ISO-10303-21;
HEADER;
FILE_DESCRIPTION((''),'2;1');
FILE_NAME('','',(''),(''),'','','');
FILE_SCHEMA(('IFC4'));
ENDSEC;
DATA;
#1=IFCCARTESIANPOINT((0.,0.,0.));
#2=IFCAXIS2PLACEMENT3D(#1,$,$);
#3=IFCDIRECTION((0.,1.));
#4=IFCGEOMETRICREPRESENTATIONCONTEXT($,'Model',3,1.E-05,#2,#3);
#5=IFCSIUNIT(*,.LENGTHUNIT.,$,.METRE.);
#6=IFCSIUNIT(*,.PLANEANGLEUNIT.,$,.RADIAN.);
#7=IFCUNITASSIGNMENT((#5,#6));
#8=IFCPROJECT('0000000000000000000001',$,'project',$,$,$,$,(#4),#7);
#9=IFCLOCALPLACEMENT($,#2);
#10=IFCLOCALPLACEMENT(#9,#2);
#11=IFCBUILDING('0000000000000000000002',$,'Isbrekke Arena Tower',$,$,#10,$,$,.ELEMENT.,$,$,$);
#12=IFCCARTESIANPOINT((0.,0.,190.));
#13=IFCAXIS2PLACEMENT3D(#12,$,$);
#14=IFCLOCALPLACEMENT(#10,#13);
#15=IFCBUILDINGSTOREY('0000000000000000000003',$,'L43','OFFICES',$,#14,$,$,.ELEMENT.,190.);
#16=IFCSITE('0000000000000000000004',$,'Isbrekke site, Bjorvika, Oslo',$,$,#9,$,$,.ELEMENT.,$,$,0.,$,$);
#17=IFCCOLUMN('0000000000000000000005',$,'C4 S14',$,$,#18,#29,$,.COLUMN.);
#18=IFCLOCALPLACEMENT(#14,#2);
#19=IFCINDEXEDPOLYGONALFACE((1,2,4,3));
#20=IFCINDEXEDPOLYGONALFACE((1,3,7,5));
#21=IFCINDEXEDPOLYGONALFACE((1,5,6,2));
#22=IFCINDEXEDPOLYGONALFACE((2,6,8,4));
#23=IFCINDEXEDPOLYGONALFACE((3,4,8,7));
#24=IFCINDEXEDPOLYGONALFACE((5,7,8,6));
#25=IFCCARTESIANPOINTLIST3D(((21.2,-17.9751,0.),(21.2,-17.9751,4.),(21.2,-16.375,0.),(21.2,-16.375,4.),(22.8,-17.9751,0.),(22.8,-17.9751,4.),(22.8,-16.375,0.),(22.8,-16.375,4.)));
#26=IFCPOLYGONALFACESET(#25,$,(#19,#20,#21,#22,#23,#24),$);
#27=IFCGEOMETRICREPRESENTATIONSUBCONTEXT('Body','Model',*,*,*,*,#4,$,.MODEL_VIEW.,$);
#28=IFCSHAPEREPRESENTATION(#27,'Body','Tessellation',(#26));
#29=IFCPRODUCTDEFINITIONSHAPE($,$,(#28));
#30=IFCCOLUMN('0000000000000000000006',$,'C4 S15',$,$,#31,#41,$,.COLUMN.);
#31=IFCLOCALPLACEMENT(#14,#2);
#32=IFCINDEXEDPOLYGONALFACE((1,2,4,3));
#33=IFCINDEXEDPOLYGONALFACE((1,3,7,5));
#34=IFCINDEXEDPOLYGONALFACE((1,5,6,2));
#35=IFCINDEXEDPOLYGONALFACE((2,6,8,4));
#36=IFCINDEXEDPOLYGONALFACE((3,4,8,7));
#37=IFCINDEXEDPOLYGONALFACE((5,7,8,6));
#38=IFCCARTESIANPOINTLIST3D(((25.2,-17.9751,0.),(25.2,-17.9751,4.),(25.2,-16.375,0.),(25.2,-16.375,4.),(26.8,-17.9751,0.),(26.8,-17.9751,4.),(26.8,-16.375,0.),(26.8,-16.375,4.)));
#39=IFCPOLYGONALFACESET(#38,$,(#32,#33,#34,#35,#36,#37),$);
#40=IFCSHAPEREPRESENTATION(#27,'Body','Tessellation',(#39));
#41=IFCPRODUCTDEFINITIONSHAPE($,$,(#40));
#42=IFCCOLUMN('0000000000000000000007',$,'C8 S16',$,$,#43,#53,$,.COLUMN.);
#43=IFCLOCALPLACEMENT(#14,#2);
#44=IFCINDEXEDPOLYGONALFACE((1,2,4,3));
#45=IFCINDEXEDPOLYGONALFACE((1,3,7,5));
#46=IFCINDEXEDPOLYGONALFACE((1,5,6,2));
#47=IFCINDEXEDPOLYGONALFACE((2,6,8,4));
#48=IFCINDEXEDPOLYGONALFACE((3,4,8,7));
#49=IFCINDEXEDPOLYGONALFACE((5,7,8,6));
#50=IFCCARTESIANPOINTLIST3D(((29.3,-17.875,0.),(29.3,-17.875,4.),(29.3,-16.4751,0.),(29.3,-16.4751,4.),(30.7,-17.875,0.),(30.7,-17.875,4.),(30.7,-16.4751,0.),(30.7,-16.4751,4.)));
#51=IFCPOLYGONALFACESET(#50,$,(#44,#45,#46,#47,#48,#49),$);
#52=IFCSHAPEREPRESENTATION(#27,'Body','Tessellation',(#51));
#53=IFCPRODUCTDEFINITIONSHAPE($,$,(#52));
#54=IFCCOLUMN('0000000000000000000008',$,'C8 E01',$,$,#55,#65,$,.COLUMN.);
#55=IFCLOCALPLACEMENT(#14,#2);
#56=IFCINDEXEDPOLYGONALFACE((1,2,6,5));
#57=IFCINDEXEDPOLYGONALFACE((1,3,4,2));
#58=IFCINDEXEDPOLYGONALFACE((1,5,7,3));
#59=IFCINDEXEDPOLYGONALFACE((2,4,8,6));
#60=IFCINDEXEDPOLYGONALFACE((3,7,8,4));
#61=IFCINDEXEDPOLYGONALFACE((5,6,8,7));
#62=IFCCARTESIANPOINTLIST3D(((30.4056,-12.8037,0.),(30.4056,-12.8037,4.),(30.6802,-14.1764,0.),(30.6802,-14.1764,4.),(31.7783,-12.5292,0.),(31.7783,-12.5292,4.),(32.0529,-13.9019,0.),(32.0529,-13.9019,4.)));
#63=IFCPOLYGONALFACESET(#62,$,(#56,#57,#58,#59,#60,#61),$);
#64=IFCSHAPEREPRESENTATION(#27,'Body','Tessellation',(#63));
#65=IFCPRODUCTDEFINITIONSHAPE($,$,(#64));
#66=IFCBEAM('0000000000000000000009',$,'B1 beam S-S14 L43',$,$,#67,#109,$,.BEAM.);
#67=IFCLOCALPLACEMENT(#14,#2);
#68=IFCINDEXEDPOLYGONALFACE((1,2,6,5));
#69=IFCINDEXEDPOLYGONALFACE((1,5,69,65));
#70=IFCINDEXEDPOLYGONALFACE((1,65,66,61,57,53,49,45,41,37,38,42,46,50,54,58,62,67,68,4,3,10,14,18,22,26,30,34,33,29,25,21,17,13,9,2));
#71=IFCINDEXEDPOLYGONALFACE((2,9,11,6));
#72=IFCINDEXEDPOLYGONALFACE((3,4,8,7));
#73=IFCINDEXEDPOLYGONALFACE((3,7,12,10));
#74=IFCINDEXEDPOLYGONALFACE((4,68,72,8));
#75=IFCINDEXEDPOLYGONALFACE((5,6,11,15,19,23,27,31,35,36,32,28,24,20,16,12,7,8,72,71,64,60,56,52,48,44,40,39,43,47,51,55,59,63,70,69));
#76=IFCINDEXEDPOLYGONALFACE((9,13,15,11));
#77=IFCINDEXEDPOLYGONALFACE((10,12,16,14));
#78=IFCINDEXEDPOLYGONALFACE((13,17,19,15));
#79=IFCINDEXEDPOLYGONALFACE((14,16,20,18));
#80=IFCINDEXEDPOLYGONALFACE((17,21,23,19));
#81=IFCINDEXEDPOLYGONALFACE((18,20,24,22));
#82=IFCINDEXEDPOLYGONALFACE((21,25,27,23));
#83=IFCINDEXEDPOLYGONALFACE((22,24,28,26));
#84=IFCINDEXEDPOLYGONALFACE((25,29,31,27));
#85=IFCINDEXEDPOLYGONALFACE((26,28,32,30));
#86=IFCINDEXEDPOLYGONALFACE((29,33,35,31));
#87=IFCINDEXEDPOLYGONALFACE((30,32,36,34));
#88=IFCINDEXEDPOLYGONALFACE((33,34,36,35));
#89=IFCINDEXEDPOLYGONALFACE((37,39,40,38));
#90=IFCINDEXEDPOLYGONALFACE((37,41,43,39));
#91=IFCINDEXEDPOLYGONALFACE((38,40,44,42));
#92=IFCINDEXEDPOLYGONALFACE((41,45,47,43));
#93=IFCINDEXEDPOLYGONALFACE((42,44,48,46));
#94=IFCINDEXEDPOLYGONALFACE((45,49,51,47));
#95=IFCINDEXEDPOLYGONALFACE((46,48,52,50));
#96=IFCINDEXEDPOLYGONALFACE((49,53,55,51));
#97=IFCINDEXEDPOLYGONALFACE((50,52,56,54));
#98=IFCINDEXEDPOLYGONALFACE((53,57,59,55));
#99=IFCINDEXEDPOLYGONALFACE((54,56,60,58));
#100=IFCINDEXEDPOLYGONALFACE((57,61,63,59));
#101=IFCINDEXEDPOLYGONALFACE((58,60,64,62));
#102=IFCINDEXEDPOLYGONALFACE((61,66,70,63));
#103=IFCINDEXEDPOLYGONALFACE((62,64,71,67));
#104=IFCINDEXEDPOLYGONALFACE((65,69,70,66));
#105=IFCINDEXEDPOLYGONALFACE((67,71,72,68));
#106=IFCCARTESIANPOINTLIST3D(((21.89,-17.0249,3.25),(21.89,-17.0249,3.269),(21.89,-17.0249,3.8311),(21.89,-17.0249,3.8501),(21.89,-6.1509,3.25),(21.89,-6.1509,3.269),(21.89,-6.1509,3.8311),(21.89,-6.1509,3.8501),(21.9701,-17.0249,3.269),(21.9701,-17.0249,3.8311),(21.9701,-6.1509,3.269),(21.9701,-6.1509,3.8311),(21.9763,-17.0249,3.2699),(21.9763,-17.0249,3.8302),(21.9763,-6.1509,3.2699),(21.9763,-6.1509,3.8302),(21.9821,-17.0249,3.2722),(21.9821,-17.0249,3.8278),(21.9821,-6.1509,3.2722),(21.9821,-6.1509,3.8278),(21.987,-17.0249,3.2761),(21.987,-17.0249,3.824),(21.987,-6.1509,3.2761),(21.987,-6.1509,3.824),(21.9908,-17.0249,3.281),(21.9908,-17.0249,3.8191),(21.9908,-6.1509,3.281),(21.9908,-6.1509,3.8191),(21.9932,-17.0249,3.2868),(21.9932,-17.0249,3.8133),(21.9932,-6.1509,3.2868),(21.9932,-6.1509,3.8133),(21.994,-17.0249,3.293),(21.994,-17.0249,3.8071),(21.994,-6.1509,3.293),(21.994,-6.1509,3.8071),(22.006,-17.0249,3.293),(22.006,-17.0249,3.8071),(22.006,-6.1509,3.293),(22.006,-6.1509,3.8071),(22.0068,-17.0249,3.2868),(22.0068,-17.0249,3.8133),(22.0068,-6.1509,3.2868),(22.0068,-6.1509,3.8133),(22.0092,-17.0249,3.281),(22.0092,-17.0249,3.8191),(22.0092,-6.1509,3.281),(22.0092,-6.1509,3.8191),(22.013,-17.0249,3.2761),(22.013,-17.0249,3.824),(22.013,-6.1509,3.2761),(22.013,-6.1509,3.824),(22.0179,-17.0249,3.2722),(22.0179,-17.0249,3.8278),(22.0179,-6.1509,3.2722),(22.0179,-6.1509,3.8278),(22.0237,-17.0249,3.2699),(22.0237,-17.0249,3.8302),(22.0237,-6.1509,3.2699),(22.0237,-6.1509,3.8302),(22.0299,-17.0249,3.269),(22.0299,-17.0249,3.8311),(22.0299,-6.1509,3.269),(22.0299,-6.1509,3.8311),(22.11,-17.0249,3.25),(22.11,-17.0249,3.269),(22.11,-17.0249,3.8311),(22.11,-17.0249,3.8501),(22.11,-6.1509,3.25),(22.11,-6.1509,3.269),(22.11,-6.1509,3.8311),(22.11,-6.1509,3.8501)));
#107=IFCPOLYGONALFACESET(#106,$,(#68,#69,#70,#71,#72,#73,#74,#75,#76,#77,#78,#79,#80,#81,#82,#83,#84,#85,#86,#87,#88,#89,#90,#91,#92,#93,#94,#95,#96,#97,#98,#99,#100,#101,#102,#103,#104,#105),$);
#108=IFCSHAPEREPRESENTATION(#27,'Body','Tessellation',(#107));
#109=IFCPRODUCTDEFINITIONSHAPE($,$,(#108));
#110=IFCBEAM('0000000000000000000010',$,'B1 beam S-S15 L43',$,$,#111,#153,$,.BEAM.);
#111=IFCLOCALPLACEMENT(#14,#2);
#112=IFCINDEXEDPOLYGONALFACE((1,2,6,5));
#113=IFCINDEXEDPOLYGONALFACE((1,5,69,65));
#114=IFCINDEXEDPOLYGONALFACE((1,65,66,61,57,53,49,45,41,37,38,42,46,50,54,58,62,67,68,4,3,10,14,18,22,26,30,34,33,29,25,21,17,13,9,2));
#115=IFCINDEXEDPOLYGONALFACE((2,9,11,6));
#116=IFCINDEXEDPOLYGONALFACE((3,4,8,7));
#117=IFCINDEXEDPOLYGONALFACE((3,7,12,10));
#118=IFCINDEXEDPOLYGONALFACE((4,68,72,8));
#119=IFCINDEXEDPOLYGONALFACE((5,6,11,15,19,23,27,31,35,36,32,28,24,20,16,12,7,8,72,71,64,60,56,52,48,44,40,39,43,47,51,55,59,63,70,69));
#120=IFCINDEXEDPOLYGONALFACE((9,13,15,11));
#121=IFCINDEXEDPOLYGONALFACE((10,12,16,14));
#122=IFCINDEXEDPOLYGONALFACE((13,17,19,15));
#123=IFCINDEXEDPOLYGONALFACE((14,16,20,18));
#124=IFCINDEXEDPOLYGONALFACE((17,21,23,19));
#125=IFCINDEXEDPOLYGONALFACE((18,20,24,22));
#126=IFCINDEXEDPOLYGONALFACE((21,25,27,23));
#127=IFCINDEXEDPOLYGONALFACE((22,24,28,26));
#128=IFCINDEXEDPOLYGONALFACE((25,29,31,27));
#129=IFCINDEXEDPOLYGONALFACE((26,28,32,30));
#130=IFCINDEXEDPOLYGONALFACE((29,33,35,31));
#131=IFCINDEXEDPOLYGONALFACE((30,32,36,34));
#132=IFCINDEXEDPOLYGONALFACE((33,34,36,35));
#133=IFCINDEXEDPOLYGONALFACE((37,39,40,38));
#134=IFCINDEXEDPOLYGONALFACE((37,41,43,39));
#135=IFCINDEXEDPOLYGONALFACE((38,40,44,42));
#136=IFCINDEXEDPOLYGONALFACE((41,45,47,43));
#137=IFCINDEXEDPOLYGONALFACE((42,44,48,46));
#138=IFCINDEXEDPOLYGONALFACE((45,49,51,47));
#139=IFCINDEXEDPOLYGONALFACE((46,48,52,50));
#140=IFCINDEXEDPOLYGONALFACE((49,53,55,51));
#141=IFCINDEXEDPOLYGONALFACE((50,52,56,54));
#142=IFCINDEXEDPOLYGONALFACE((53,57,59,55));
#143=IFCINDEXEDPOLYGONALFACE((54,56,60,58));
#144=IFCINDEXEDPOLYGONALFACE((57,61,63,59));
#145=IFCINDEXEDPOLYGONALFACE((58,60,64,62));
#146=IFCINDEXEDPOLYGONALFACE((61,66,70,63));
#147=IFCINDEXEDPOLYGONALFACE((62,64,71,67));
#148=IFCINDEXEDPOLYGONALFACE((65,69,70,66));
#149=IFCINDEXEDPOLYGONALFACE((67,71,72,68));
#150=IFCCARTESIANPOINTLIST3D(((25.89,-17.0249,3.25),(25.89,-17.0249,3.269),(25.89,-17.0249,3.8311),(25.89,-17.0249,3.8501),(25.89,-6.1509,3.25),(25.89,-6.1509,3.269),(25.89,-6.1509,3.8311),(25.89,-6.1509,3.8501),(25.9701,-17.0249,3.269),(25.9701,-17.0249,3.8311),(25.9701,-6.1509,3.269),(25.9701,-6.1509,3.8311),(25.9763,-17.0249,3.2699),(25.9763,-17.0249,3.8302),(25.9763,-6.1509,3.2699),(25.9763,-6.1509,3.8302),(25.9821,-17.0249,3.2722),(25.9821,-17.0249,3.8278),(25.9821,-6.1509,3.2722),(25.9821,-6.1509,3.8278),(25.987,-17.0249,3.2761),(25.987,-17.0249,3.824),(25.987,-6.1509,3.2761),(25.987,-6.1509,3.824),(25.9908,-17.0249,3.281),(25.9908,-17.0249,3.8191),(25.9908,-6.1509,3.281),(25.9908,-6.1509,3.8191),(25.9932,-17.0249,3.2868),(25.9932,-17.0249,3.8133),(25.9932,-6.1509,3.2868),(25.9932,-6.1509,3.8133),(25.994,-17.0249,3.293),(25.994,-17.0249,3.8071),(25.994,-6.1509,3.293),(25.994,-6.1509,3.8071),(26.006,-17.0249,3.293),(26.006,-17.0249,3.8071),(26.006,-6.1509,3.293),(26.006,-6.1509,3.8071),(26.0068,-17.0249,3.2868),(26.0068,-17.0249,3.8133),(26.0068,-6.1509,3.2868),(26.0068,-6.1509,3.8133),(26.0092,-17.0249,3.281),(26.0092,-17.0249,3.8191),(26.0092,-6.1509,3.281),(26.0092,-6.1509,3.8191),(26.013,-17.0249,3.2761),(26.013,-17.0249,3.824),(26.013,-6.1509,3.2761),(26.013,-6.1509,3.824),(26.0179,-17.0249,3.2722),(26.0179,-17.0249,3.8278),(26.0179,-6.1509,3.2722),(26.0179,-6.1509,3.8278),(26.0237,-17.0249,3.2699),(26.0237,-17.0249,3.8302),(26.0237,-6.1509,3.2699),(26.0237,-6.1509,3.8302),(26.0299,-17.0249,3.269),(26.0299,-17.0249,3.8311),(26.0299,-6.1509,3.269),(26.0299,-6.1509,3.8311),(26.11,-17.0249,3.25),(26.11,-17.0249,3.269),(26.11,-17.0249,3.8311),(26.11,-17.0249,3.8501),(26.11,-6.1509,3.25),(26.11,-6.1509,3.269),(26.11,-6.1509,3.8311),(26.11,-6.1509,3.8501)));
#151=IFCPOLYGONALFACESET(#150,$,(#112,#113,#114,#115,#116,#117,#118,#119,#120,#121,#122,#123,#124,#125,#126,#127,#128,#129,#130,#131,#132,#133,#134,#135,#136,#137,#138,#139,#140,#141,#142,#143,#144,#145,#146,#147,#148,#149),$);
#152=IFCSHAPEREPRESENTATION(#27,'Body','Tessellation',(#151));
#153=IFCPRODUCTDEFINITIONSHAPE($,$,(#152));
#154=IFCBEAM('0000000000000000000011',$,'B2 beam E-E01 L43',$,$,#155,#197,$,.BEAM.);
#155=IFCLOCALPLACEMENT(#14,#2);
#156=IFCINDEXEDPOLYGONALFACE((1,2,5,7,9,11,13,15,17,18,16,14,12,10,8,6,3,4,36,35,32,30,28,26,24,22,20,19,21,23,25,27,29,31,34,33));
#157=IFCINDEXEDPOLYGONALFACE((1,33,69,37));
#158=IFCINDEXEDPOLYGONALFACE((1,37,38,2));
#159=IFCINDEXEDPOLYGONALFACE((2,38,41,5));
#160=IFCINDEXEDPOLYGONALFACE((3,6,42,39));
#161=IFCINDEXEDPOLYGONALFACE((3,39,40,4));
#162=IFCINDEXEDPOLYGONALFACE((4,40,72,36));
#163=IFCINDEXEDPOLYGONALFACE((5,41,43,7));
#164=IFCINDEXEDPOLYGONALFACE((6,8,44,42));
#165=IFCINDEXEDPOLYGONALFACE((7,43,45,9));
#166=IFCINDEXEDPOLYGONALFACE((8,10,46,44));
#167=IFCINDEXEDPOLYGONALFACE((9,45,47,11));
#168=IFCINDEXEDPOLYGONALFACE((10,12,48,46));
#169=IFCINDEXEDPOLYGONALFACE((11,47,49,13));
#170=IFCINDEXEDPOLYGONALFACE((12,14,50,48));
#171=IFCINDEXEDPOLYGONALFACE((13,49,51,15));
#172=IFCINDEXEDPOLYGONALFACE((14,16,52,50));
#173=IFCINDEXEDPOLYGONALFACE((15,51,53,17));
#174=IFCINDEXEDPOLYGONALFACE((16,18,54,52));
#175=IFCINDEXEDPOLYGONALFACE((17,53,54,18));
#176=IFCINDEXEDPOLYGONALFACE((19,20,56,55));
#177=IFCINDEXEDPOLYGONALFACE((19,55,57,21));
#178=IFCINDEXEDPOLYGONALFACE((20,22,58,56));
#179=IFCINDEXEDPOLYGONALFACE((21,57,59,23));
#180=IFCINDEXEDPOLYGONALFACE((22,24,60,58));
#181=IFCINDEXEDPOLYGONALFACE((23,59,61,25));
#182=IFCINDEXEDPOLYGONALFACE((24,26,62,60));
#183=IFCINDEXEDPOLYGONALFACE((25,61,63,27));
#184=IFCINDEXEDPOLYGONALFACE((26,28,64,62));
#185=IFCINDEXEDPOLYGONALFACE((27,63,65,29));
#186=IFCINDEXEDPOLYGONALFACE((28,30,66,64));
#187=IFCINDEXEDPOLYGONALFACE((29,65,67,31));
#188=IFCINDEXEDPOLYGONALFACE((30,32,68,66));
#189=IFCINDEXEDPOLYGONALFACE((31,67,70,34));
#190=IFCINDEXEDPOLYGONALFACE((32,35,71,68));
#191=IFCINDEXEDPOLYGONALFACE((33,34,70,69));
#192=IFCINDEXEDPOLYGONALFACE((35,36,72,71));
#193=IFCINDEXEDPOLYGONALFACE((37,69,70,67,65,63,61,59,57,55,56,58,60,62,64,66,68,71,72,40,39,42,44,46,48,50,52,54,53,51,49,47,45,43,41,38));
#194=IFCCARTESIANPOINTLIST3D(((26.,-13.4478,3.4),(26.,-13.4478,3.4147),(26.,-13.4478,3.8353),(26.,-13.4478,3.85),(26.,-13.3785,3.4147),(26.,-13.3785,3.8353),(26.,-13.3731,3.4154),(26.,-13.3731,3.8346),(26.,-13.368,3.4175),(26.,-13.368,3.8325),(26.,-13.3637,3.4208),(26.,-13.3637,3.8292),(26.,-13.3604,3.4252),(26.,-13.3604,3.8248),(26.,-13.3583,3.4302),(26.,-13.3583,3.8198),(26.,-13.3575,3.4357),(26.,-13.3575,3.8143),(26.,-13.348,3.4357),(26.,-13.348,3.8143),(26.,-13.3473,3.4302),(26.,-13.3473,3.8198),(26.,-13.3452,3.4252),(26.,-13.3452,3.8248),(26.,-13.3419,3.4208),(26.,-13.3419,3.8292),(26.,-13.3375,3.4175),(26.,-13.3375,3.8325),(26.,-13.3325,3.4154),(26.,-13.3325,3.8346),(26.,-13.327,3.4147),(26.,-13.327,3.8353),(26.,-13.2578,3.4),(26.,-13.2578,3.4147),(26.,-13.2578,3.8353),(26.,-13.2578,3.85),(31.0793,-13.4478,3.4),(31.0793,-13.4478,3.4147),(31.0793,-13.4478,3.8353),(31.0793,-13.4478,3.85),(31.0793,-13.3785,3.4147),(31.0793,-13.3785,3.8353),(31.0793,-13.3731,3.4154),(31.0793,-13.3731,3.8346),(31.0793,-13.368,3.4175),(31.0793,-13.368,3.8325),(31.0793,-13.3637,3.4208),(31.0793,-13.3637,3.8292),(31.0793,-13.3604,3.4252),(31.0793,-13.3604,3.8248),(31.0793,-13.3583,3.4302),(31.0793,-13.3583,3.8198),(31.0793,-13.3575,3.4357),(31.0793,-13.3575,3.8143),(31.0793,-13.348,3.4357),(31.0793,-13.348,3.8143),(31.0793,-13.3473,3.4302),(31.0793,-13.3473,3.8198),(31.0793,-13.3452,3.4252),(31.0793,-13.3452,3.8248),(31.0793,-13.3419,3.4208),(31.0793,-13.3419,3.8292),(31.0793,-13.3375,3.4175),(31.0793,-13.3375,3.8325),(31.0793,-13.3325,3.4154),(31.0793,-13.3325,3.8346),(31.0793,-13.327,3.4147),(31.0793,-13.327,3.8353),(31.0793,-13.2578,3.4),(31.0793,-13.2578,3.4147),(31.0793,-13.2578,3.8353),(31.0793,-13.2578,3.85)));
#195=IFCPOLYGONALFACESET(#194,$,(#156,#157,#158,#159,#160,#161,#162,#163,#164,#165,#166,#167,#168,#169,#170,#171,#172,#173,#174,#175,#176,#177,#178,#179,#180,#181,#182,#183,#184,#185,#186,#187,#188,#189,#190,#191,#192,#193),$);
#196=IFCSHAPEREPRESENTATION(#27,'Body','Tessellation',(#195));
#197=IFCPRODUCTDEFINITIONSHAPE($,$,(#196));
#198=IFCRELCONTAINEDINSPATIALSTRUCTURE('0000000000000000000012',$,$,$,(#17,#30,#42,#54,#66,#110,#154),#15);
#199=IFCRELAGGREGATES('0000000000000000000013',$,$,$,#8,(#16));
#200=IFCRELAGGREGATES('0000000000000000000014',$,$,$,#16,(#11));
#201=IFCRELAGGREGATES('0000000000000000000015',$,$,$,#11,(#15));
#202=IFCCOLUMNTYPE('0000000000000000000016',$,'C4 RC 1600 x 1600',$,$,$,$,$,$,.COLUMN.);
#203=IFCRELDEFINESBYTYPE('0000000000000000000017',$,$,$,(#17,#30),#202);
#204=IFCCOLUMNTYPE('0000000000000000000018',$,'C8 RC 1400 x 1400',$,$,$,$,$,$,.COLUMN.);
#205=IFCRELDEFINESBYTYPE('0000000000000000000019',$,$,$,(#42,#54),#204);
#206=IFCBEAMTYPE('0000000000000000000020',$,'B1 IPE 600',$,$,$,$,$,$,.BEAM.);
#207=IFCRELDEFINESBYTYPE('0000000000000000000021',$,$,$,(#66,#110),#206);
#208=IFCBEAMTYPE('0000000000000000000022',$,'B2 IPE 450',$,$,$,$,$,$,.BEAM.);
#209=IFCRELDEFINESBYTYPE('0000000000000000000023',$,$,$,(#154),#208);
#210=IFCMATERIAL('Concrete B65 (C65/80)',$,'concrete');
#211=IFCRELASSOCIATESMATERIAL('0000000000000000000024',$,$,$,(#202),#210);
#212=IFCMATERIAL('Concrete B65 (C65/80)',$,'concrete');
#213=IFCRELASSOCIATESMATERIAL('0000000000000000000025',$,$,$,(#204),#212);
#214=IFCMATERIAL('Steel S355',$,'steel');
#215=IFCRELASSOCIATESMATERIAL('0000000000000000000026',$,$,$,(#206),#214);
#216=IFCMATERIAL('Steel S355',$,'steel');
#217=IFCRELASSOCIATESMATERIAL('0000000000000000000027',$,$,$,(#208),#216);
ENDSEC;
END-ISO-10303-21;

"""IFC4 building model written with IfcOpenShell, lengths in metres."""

from ifc_helpers import new_model, si_unit, direction, frame, origin, origin_2d, place, context, subcontext, project, spatial, rectangle, i_section, extrude, material, material_profile, profile_set, type_object, element, save


model = new_model("IFC4")

# Units and contexts
model_context = context("Model", 3, precision=1e-05, world=origin(), true_north=direction((0.0, 1.0)))
body_context = subcontext(model_context, "Body", "Model", "MODEL_VIEW")
ifc_project = project(units=[si_unit("LENGTHUNIT", "METRE"), si_unit("PLANEANGLEUNIT", "RADIAN")], contexts=[model_context])

# Site, building, storey
site_placement = place(None, origin())
site = spatial("IfcSite", under=ifc_project, at=site_placement, Name="Isbrekke site, Bjorvika, Oslo", CompositionType="ELEMENT", RefElevation=0.0)
building_placement = place(site_placement, origin())
building = spatial("IfcBuilding", under=site, at=building_placement, Name="Isbrekke Arena Tower", CompositionType="ELEMENT")
storey_placement = place(building_placement, frame((0.0, 0.0, 190.0)))
storey = spatial("IfcBuildingStorey", under=building, at=storey_placement, Name="L43", Description="OFFICES", CompositionType="ELEMENT", Elevation=190.0)

# Columns
ifc_material_1 = material(Name="Concrete B65 (C65/80)", Category="concrete")
ifc_material_profile_1 = material_profile(ifc_material_1, rectangle(XDim=1.6001, YDim=1.6001, at=origin_2d()), Name="RC 1600x1600")
ifc_profile_set_1 = profile_set([ifc_material_profile_1], Name="Concrete B65 (C65/80)")
column_type_1 = type_object("IfcColumnType", Name="C4 RC 1600 x 1600", PredefinedType="COLUMN", material=ifc_profile_set_1)
for number, where, z_axis, x_axis, name in (
    (1, (22.0, -17.175, 0.0), (0.0, 0.0, 1.0), (1.0, 0.0, 0.0), "C4 S14"),
    (2, (26.0, -17.175, 0.0), (0.0, 0.0, 1.0), (1.0, 0.0, 0.0), "C4 S15"),
):
    element("IfcColumn", number, at=place(storey_placement, frame(where, z_axis=z_axis, x_axis=x_axis)), inside=storey, type_object=column_type_1, Name=name, PredefinedType="COLUMN", context=body_context, shape_type="SweptSolid", body=[
        extrude(rectangle(XDim=1.6001, YDim=1.6001, at=origin_2d()), origin(), (0.0, 0.0, 1.0), 4.0),
    ])
ifc_material_2 = material(Name="Concrete B65 (C65/80)", Category="concrete")
ifc_material_profile_2 = material_profile(ifc_material_2, rectangle(XDim=1.3999, YDim=1.3999, at=origin_2d()), Name="RC 1400x1400")
ifc_profile_set_2 = profile_set([ifc_material_profile_2], Name="Concrete B65 (C65/80)")
column_type_2 = type_object("IfcColumnType", Name="C8 RC 1400 x 1400", PredefinedType="COLUMN", material=ifc_profile_set_2)
for number, where, z_axis, x_axis, name in (
    (3, (30.0, -17.175, 0.0), (0.0, 0.0, 1.0), (1.0, 0.0, 0.0), "C8 S16"),
    (4, (31.2292, -13.3528, 0.0), (0.0, 0.0, 1.0), (-0.196116, 0.980581, 0.0), "C8 E01"),
):
    element("IfcColumn", number, at=place(storey_placement, frame(where, z_axis=z_axis, x_axis=x_axis)), inside=storey, type_object=column_type_2, Name=name, PredefinedType="COLUMN", context=body_context, shape_type="SweptSolid", body=[
        extrude(rectangle(XDim=1.3999, YDim=1.3999, at=origin_2d()), origin(), (0.0, 0.0, 1.0), 4.0),
    ])

# Beams
ifc_material_3 = material(Name="Steel S355", Category="steel")
ifc_material_profile_3 = material_profile(ifc_material_3, i_section(OverallWidth=0.22, OverallDepth=0.6001, WebThickness=0.012, FlangeThickness=0.019, FilletRadius=0.0239, at=origin_2d()), Name="IPE 600")
ifc_profile_set_3 = profile_set([ifc_material_profile_3], Name="Steel S355")
beam_type_1 = type_object("IfcBeamType", Name="B1 IPE 600", PredefinedType="BEAM", material=ifc_profile_set_3)
for number, where, z_axis, x_axis, name in (
    (5, (22.0, -17.0249, 3.55), (0.0, 1.0, 0.0), (-1.0, 0.0, 0.0), "B1 beam S-S14 L43"),
    (6, (26.0, -17.0249, 3.55), (0.0, 1.0, 0.0), (-1.0, 0.0, 0.0), "B1 beam S-S15 L43"),
):
    element("IfcBeam", number, at=place(storey_placement, frame(where, z_axis=z_axis, x_axis=x_axis)), inside=storey, type_object=beam_type_1, Name=name, PredefinedType="BEAM", context=body_context, shape_type="SweptSolid", body=[
        extrude(i_section(OverallWidth=0.22, OverallDepth=0.6001, WebThickness=0.012, FlangeThickness=0.019, FilletRadius=0.0239, at=origin_2d()), origin(), (0.0, 0.0, 1.0), 10.874),
    ])
ifc_material_4 = material(Name="Steel S355", Category="steel")
ifc_material_profile_4 = material_profile(ifc_material_4, i_section(OverallWidth=0.1899, OverallDepth=0.45, WebThickness=0.0095, FlangeThickness=0.0146, FilletRadius=0.021, at=origin_2d()), Name="IPE 450")
ifc_profile_set_4 = profile_set([ifc_material_profile_4], Name="Steel S355")
beam_type_2 = type_object("IfcBeamType", Name="B2 IPE 450", PredefinedType="BEAM", material=ifc_profile_set_4)
beam_1_placement = place(storey_placement, frame((31.0793, -13.3528, 3.625), z_axis=(-1.0, 0.0, 0.0), x_axis=(0.0, -1.0, 0.0)))
element("IfcBeam", 7, at=beam_1_placement, inside=storey, type_object=beam_type_2, Name="B2 beam E-E01 L43", PredefinedType="BEAM", context=body_context, shape_type="SweptSolid", body=[
    extrude(i_section(OverallWidth=0.1899, OverallDepth=0.45, WebThickness=0.0095, FlangeThickness=0.0146, FilletRadius=0.021, at=origin_2d()), origin(), (0.0, 0.0, 1.0), 5.0793),
])

save(model, "model.ifc")
